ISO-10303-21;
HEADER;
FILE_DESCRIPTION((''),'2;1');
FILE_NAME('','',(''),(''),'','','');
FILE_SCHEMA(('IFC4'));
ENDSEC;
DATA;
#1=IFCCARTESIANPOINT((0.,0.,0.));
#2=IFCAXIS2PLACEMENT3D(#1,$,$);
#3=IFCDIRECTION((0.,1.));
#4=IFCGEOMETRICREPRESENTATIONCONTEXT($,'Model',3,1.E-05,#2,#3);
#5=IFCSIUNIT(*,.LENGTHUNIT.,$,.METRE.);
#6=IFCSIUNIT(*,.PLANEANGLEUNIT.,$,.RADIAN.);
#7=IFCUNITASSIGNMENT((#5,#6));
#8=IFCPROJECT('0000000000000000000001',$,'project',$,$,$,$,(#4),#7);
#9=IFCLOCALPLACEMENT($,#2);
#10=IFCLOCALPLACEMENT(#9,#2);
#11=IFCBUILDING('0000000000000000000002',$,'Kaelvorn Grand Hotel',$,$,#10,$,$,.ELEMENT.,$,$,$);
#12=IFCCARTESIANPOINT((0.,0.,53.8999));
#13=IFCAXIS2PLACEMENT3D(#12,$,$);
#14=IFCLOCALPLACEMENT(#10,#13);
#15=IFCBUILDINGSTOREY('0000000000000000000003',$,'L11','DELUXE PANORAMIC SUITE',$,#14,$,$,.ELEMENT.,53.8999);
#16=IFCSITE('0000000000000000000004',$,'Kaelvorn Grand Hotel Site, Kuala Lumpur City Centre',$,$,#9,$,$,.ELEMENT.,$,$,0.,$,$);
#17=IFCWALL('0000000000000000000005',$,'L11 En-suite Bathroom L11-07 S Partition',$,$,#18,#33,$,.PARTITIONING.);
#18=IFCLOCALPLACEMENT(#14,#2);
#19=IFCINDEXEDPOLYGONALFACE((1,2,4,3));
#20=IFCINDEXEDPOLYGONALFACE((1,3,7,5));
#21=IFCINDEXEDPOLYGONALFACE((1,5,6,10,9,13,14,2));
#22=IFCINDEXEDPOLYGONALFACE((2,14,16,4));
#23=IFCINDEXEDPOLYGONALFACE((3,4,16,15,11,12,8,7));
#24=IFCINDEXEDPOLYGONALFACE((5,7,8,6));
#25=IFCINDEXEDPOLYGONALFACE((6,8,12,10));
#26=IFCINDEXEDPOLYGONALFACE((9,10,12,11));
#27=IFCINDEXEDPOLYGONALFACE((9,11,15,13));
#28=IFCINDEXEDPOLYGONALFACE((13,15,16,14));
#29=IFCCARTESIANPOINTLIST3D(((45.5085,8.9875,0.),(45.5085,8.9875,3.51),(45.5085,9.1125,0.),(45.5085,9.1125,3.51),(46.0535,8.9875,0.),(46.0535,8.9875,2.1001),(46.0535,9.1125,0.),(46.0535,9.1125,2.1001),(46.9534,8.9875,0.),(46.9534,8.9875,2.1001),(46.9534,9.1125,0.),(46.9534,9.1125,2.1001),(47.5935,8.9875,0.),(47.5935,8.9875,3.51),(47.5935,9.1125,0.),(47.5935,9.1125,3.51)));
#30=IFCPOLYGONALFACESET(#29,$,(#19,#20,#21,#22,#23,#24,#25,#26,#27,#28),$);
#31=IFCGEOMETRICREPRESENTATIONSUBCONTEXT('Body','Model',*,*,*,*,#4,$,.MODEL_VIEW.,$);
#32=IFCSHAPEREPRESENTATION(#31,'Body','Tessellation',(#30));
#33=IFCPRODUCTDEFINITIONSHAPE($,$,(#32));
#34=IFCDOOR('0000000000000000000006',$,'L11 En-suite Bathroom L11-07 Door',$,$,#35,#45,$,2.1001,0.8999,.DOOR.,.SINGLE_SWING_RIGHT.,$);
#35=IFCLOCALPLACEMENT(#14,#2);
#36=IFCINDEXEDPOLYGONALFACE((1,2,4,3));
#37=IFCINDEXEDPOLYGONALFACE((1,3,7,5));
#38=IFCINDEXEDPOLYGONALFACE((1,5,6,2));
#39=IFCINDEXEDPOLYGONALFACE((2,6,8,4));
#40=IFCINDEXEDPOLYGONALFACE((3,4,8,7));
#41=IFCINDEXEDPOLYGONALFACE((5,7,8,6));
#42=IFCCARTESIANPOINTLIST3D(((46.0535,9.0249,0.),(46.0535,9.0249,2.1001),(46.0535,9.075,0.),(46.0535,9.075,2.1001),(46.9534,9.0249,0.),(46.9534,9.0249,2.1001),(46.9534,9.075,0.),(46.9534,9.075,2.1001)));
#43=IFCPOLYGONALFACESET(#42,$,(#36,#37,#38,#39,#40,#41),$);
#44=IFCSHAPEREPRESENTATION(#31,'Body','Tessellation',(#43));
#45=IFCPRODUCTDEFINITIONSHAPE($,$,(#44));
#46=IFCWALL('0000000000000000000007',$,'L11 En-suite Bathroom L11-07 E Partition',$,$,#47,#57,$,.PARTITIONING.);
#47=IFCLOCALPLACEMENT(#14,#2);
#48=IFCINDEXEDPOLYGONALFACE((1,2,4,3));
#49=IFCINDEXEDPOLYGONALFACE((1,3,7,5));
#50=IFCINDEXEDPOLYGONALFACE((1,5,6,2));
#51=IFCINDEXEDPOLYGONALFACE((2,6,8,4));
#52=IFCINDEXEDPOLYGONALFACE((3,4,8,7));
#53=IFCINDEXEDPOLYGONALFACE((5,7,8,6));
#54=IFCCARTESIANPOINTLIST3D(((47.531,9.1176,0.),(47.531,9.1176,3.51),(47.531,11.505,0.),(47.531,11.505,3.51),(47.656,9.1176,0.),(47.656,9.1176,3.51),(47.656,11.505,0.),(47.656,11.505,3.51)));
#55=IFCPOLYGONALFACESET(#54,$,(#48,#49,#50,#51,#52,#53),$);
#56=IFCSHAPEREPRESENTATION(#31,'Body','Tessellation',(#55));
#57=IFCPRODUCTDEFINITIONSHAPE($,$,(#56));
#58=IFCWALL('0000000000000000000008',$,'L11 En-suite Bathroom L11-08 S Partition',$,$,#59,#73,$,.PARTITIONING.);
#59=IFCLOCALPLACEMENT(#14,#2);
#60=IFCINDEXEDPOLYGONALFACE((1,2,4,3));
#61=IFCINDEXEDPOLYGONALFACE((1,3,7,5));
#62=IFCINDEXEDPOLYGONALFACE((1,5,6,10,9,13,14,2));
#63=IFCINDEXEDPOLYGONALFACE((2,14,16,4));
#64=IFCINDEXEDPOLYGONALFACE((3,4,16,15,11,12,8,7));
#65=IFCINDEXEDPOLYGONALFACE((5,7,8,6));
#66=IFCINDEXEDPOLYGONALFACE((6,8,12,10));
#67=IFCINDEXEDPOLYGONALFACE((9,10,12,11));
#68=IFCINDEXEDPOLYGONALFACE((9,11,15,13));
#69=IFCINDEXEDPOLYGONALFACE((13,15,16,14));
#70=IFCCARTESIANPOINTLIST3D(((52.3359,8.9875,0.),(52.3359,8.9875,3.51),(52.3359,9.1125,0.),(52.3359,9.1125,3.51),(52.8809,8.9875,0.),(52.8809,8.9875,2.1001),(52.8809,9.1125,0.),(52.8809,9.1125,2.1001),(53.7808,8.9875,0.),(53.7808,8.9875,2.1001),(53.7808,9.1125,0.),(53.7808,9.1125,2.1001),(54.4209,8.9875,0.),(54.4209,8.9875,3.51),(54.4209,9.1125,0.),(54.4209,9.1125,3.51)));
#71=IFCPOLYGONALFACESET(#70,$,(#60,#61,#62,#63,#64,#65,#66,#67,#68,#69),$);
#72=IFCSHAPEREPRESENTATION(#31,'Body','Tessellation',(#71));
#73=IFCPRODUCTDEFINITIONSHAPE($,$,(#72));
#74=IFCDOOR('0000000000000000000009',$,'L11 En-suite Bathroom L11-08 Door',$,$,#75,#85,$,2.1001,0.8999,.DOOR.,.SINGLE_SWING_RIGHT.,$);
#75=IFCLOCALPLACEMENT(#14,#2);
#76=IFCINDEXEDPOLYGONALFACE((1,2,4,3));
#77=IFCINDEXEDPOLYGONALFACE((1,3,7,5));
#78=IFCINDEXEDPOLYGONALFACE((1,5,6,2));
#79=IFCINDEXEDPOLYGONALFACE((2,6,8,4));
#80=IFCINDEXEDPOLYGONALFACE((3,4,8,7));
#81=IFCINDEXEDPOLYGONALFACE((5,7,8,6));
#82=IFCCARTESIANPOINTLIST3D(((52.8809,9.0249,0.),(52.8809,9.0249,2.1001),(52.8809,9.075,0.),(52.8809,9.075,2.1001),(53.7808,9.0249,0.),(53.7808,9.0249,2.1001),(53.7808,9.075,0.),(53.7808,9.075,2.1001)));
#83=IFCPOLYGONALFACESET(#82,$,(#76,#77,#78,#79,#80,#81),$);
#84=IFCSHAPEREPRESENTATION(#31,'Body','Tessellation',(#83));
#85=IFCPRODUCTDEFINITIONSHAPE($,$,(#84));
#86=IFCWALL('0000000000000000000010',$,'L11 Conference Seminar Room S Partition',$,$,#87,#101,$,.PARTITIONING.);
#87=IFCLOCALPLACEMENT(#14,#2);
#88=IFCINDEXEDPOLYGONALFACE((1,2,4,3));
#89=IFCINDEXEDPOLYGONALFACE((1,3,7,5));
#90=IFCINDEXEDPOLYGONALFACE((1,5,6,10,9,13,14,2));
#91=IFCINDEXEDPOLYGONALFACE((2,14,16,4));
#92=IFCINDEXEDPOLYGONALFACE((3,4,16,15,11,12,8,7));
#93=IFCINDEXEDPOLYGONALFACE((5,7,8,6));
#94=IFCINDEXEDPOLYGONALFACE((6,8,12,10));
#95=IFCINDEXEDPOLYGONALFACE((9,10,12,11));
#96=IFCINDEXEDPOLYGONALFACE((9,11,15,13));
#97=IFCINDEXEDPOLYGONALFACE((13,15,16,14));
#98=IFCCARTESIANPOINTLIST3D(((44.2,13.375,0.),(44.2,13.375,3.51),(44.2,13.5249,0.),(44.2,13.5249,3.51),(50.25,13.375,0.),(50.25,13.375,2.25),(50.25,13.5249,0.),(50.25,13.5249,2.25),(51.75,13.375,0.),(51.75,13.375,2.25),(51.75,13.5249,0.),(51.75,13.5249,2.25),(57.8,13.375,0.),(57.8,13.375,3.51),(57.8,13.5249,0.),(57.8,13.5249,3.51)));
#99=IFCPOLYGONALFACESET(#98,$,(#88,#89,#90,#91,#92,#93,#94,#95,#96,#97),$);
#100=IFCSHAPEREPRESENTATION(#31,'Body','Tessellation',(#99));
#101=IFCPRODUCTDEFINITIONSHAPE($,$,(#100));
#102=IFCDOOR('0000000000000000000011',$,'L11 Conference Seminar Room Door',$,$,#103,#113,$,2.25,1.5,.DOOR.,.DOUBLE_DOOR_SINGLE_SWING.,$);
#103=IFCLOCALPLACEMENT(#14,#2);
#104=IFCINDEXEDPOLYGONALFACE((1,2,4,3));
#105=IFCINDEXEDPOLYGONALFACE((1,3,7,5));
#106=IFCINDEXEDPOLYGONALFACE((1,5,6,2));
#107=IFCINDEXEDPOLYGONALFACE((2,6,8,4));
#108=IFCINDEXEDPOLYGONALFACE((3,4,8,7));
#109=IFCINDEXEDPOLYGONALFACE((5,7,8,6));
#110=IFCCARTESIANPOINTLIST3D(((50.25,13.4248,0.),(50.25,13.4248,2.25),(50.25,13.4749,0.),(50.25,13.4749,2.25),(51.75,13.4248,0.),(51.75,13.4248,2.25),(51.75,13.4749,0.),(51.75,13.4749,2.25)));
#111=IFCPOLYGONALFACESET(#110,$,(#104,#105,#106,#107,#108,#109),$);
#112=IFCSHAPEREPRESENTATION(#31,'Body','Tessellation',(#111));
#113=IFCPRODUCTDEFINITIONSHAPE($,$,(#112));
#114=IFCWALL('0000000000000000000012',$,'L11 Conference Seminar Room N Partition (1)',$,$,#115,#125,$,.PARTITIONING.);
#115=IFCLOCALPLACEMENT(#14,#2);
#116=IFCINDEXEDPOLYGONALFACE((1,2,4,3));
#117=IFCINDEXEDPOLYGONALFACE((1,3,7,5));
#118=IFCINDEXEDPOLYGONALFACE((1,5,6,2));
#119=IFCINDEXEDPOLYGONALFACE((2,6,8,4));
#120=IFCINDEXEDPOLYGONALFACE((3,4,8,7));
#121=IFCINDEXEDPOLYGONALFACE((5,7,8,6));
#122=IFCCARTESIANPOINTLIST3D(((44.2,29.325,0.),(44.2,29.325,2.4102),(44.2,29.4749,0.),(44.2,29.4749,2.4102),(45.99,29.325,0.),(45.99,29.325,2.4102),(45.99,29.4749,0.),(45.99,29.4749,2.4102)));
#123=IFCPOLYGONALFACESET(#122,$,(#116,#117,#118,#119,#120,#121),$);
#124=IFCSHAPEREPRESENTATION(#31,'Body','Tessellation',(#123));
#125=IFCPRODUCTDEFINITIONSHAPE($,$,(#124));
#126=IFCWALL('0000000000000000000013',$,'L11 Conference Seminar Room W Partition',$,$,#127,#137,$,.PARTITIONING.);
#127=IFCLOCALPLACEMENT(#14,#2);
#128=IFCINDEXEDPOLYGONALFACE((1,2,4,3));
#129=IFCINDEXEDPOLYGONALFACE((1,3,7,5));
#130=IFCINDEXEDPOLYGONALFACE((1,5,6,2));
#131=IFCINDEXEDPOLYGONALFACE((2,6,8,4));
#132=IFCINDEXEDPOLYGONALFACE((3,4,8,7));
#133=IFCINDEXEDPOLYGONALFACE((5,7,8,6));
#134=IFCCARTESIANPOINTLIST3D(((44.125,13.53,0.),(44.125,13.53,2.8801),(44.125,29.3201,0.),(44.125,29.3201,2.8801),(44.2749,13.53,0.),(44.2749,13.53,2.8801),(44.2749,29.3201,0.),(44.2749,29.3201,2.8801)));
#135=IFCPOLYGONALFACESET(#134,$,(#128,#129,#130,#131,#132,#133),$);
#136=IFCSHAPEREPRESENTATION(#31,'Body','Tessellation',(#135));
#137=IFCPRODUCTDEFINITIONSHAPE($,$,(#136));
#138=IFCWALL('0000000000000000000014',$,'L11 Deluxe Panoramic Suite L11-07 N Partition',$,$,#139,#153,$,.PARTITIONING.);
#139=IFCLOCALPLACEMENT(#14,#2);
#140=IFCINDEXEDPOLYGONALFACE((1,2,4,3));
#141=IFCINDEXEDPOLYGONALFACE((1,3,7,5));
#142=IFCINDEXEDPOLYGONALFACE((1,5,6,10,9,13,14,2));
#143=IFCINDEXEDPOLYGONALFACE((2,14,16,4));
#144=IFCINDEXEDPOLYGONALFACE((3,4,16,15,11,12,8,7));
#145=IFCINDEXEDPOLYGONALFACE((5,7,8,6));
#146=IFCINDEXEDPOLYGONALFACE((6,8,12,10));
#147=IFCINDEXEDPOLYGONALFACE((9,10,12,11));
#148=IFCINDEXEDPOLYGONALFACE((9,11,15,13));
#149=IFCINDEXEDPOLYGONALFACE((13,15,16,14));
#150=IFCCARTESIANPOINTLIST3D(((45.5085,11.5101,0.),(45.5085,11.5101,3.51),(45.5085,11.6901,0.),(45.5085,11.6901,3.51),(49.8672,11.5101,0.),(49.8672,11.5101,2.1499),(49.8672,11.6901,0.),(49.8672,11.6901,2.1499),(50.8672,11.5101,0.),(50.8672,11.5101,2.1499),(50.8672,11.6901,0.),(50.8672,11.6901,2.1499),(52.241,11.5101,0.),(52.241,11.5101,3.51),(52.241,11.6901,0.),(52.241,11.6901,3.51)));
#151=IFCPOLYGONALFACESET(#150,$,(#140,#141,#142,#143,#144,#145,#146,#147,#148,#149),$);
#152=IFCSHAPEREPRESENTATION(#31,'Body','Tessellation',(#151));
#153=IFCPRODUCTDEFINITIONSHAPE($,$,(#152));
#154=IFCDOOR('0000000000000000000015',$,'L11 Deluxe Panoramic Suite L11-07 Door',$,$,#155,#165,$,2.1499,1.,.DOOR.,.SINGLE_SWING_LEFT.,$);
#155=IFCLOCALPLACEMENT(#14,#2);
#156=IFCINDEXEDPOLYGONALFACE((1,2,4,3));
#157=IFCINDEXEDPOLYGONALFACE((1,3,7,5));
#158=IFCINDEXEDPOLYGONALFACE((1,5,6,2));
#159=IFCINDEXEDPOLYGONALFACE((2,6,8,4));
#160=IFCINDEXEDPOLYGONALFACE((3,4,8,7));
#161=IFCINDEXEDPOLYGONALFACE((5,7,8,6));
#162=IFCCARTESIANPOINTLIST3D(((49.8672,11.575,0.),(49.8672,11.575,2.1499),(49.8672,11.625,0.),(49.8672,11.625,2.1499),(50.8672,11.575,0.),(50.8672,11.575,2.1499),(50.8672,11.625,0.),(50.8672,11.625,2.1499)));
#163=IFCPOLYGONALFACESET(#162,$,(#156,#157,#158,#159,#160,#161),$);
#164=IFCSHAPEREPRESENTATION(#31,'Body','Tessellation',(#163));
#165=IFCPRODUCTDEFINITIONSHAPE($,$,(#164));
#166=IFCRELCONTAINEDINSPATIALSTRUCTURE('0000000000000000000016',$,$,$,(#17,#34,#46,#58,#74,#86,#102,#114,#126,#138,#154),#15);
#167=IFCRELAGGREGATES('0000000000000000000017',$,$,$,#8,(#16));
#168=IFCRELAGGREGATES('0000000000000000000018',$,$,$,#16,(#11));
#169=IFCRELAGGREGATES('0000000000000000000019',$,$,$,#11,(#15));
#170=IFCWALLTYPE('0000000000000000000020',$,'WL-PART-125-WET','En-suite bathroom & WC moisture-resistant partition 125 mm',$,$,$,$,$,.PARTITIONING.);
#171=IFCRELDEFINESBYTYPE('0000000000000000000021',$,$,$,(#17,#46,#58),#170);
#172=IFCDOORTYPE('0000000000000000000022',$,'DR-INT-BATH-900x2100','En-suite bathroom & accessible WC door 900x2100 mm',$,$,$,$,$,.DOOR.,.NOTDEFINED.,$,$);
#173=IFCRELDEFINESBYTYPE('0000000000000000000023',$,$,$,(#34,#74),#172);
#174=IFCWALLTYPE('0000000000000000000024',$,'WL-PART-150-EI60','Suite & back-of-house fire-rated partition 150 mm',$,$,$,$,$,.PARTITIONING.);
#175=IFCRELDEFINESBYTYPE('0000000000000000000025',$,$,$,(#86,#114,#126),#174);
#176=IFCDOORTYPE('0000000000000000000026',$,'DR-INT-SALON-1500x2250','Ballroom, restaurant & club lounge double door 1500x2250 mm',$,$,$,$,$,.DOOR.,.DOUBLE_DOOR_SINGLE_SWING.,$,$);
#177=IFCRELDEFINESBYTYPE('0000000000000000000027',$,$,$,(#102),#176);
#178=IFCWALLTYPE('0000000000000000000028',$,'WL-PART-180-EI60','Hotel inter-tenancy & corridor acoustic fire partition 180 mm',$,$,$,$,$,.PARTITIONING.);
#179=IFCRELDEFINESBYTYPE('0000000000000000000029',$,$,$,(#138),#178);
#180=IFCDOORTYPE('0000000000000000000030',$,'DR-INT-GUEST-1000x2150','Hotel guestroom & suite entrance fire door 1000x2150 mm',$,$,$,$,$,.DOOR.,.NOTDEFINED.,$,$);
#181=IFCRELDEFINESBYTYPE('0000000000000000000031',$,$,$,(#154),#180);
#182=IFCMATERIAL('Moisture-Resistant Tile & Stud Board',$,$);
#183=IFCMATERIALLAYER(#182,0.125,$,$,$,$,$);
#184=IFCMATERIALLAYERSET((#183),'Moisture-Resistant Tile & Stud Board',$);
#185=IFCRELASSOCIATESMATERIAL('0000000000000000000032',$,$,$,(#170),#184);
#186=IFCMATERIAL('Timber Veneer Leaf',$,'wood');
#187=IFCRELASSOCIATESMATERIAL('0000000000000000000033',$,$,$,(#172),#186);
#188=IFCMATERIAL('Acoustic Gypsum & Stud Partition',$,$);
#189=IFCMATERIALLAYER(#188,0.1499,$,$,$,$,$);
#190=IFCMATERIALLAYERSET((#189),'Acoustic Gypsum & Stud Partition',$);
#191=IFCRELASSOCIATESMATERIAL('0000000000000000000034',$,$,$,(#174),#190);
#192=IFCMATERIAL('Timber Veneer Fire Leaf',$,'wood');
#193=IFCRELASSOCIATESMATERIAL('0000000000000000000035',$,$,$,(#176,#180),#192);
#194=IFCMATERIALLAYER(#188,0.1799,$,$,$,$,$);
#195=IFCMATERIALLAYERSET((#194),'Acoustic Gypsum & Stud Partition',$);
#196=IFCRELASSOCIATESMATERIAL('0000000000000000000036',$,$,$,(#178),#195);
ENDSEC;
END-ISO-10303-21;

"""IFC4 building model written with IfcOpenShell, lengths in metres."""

from ifc_helpers import new_model, si_unit, direction, frame, frame_2d, origin, place, context, subcontext, project, spatial, rectangle, extrude, material, layer, layer_set, type_object, element, fill, save


model = new_model("IFC4")

# Units and contexts
model_context = context("Model", 3, precision=1e-05, world=origin(), true_north=direction((0.0, 1.0)))
body_context = subcontext(model_context, "Body", "Model", "MODEL_VIEW")
ifc_project = project(units=[si_unit("LENGTHUNIT", "METRE"), si_unit("PLANEANGLEUNIT", "RADIAN")], contexts=[model_context])

# Site, building, storey
site_placement = place(None, origin())
site = spatial("IfcSite", under=ifc_project, at=site_placement, Name="Kaelvorn Grand Hotel Site, Kuala Lumpur City Centre", CompositionType="ELEMENT", RefElevation=0.0)
building_placement = place(site_placement, origin())
building = spatial("IfcBuilding", under=site, at=building_placement, Name="Kaelvorn Grand Hotel", CompositionType="ELEMENT")
storey_placement = place(building_placement, frame((0.0, 0.0, 53.8999)))
storey = spatial("IfcBuildingStorey", under=building, at=storey_placement, Name="L11", Description="DELUXE PANORAMIC SUITE", CompositionType="ELEMENT", Elevation=53.8999)

# Shared definitions
ifc_material_1 = material(Name="Moisture-Resistant Tile & Stud Board")
ifc_layer_1 = layer(ifc_material_1, 0.125)
ifc_layer_set_1 = layer_set([ifc_layer_1], Name="Moisture-Resistant Tile & Stud Board")
wall_type_1 = type_object("IfcWallType", Name="WL-PART-125-WET", Description="En-suite bathroom & WC moisture-resistant partition 125 mm", PredefinedType="PARTITIONING", material=ifc_layer_set_1)

# Wall, opening, door
wall_1_placement = place(storey_placement, frame((45.5085, 9.05, 0.0), z_axis=(0.0, 0.0, 1.0), x_axis=(1.0, 0.0, 0.0)))
wall_1 = element("IfcWall", 1, at=wall_1_placement, inside=storey, type_object=wall_type_1, Name="L11 En-suite Bathroom L11-07 S Partition", PredefinedType="PARTITIONING", context=body_context, shape_type="SweptSolid", body=[
    extrude(rectangle(XDim=2.085, YDim=0.125, at=frame_2d((1.0425, 0.0))), origin(), (0.0, 0.0, 1.0), 3.51),
])
opening_1_placement = place(wall_1_placement, frame((0.5449, 0.0, 0.0)))
opening_1 = element("IfcOpeningElement", 2, at=opening_1_placement, cuts=wall_1, PredefinedType="OPENING", context=body_context, shape_type="SweptSolid", body=[
    extrude(rectangle(XDim=0.8999, YDim=2.1001, at=frame_2d((0.45, 1.05))), frame((0.0, 0.0725, 0.0), z_axis=(0.0, -1.0, 0.0), x_axis=(1.0, 0.0, 0.0)), (0.0, 0.0, 1.0), 0.145),
])
ifc_material_2 = material(Name="Timber Veneer Leaf", Category="wood")
door_type_1 = type_object("IfcDoorType", Name="DR-INT-BATH-900x2100", Description="En-suite bathroom & accessible WC door 900x2100 mm", OperationType="NOTDEFINED", PredefinedType="DOOR", material=ifc_material_2)
door_1_placement = place(opening_1_placement, origin())
door_1 = element("IfcDoor", 3, at=door_1_placement, inside=storey, type_object=door_type_1, Name="L11 En-suite Bathroom L11-07 Door", OperationType="SINGLE_SWING_RIGHT", OverallHeight=2.1001, OverallWidth=0.8999, PredefinedType="DOOR", context=body_context, shape_type="SweptSolid", body=[
    extrude(rectangle(XDim=0.8999, YDim=2.1001, at=frame_2d((0.45, 1.05))), frame((0.0, 0.0249, 0.0), z_axis=(0.0, -1.0, 0.0), x_axis=(1.0, 0.0, 0.0)), (0.0, 0.0, 1.0), 0.05),
])
fill(opening_1, door_1)

# Wall
wall_2_placement = place(storey_placement, frame((47.5935, 9.1174, 0.0), z_axis=(0.0, 0.0, 1.0), x_axis=(0.0, 1.0, 0.0)))
element("IfcWall", 4, at=wall_2_placement, inside=storey, type_object=wall_type_1, Name="L11 En-suite Bathroom L11-07 E Partition", PredefinedType="PARTITIONING", context=body_context, shape_type="SweptSolid", body=[
    extrude(rectangle(XDim=2.3875, YDim=0.125, at=frame_2d((1.1938, 0.0))), origin(), (0.0, 0.0, 1.0), 3.51),
])

# Walls, openings, doors
wall_3_placement = place(storey_placement, frame((52.3359, 9.05, 0.0), z_axis=(0.0, 0.0, 1.0), x_axis=(1.0, 0.0, 0.0)))
wall_3 = element("IfcWall", 5, at=wall_3_placement, inside=storey, type_object=wall_type_1, Name="L11 En-suite Bathroom L11-08 S Partition", PredefinedType="PARTITIONING", context=body_context, shape_type="SweptSolid", body=[
    extrude(rectangle(XDim=2.085, YDim=0.125, at=frame_2d((1.0425, 0.0))), origin(), (0.0, 0.0, 1.0), 3.51),
])
opening_2_placement = place(wall_3_placement, frame((0.5449, 0.0, 0.0)))
opening_2 = element("IfcOpeningElement", 6, at=opening_2_placement, cuts=wall_3, PredefinedType="OPENING", context=body_context, shape_type="SweptSolid", body=[
    extrude(rectangle(XDim=0.8999, YDim=2.1001, at=frame_2d((0.45, 1.05))), frame((0.0, 0.0725, 0.0), z_axis=(0.0, -1.0, 0.0), x_axis=(1.0, 0.0, 0.0)), (0.0, 0.0, 1.0), 0.145),
])
door_2_placement = place(opening_2_placement, origin())
door_2 = element("IfcDoor", 7, at=door_2_placement, inside=storey, type_object=door_type_1, Name="L11 En-suite Bathroom L11-08 Door", OperationType="SINGLE_SWING_RIGHT", OverallHeight=2.1001, OverallWidth=0.8999, PredefinedType="DOOR", context=body_context, shape_type="SweptSolid", body=[
    extrude(rectangle(XDim=0.8999, YDim=2.1001, at=frame_2d((0.45, 1.05))), frame((0.0, 0.0249, 0.0), z_axis=(0.0, -1.0, 0.0), x_axis=(1.0, 0.0, 0.0)), (0.0, 0.0, 1.0), 0.05),
])
fill(opening_2, door_2)
ifc_material_3 = material(Name="Acoustic Gypsum & Stud Partition")
ifc_layer_2 = layer(ifc_material_3, 0.1499)
ifc_layer_set_2 = layer_set([ifc_layer_2], Name="Acoustic Gypsum & Stud Partition")
wall_type_2 = type_object("IfcWallType", Name="WL-PART-150-EI60", Description="Suite & back-of-house fire-rated partition 150 mm", PredefinedType="PARTITIONING", material=ifc_layer_set_2)
wall_4_placement = place(storey_placement, frame((44.2, 13.45, 0.0), z_axis=(0.0, 0.0, 1.0), x_axis=(1.0, 0.0, 0.0)))
wall_4 = element("IfcWall", 8, at=wall_4_placement, inside=storey, type_object=wall_type_2, Name="L11 Conference Seminar Room S Partition", PredefinedType="PARTITIONING", context=body_context, shape_type="SweptSolid", body=[
    extrude(rectangle(XDim=13.6001, YDim=0.1499, at=frame_2d((6.8, 0.0))), origin(), (0.0, 0.0, 1.0), 3.51),
])
opening_3_placement = place(wall_4_placement, frame((6.05, 0.0, 0.0)))
opening_3 = element("IfcOpeningElement", 9, at=opening_3_placement, cuts=wall_4, PredefinedType="OPENING", context=body_context, shape_type="SweptSolid", body=[
    extrude(rectangle(XDim=1.5, YDim=2.25, at=frame_2d((0.75, 1.125))), frame((0.0, 0.085, 0.0), z_axis=(0.0, -1.0, 0.0), x_axis=(1.0, 0.0, 0.0)), (0.0, 0.0, 1.0), 0.1699),
])
ifc_material_4 = material(Name="Timber Veneer Fire Leaf", Category="wood")
door_type_2 = type_object("IfcDoorType", Name="DR-INT-SALON-1500x2250", Description="Ballroom, restaurant & club lounge double door 1500x2250 mm", OperationType="DOUBLE_DOOR_SINGLE_SWING", PredefinedType="DOOR", material=ifc_material_4)
door_3_placement = place(opening_3_placement, origin())
door_3 = element("IfcDoor", 10, at=door_3_placement, inside=storey, type_object=door_type_2, Name="L11 Conference Seminar Room Door", OperationType="DOUBLE_DOOR_SINGLE_SWING", OverallHeight=2.25, OverallWidth=1.5, PredefinedType="DOOR", context=body_context, shape_type="SweptSolid", body=[
    extrude(rectangle(XDim=1.5, YDim=2.25, at=frame_2d((0.75, 1.125))), frame((0.0, 0.0249, 0.0), z_axis=(0.0, -1.0, 0.0), x_axis=(1.0, 0.0, 0.0)), (0.0, 0.0, 1.0), 0.05),
])
fill(opening_3, door_3)

# Walls
wall_5_placement = place(storey_placement, frame((44.2, 29.3999, 0.0), z_axis=(0.0, 0.0, 1.0), x_axis=(1.0, 0.0, 0.0)))
element("IfcWall", 11, at=wall_5_placement, inside=storey, type_object=wall_type_2, Name="L11 Conference Seminar Room N Partition (1)", PredefinedType="PARTITIONING", context=body_context, shape_type="SweptSolid", body=[
    extrude(rectangle(XDim=1.79, YDim=0.1499, at=frame_2d((0.895, 0.0))), origin(), (0.0, 0.0, 1.0), 2.4102),
])
wall_6_placement = place(storey_placement, frame((44.2, 13.53, 0.0), z_axis=(0.0, 0.0, 1.0), x_axis=(0.0, 1.0, 0.0)))
element("IfcWall", 12, at=wall_6_placement, inside=storey, type_object=wall_type_2, Name="L11 Conference Seminar Room W Partition", PredefinedType="PARTITIONING", context=body_context, shape_type="SweptSolid", body=[
    extrude(rectangle(XDim=15.79, YDim=0.1499, at=frame_2d((7.895, 0.0))), origin(), (0.0, 0.0, 1.0), 2.8801),
])

# Wall, opening, door
ifc_layer_3 = layer(ifc_material_3, 0.1799)
ifc_layer_set_3 = layer_set([ifc_layer_3], Name="Acoustic Gypsum & Stud Partition")
wall_type_3 = type_object("IfcWallType", Name="WL-PART-180-EI60", Description="Hotel inter-tenancy & corridor acoustic fire partition 180 mm", PredefinedType="PARTITIONING", material=ifc_layer_set_3)
wall_7_placement = place(storey_placement, frame((45.5085, 11.6001, 0.0), z_axis=(0.0, 0.0, 1.0), x_axis=(1.0, 0.0, 0.0)))
wall_7 = element("IfcWall", 13, at=wall_7_placement, inside=storey, type_object=wall_type_3, Name="L11 Deluxe Panoramic Suite L11-07 N Partition", PredefinedType="PARTITIONING", context=body_context, shape_type="SweptSolid", body=[
    extrude(rectangle(XDim=6.7324, YDim=0.1799, at=frame_2d((3.3662, 0.0))), origin(), (0.0, 0.0, 1.0), 3.51),
])
opening_4_placement = place(wall_7_placement, frame((4.3586, 0.0, 0.0)))
opening_4 = element("IfcOpeningElement", 14, at=opening_4_placement, cuts=wall_7, PredefinedType="OPENING", context=body_context, shape_type="SweptSolid", body=[
    extrude(rectangle(XDim=1.0, YDim=2.1499, at=frame_2d((0.5, 1.075))), frame((0.0, 0.1001, 0.0), z_axis=(0.0, -1.0, 0.0), x_axis=(1.0, 0.0, 0.0)), (0.0, 0.0, 1.0), 0.2),
])
door_type_3 = type_object("IfcDoorType", Name="DR-INT-GUEST-1000x2150", Description="Hotel guestroom & suite entrance fire door 1000x2150 mm", OperationType="NOTDEFINED", PredefinedType="DOOR", material=ifc_material_4)
door_4_placement = place(opening_4_placement, origin())
door_4 = element("IfcDoor", 15, at=door_4_placement, inside=storey, type_object=door_type_3, Name="L11 Deluxe Panoramic Suite L11-07 Door", OperationType="SINGLE_SWING_LEFT", OverallHeight=2.1499, OverallWidth=1.0, PredefinedType="DOOR", context=body_context, shape_type="SweptSolid", body=[
    extrude(rectangle(XDim=1.0, YDim=2.1499, at=frame_2d((0.5, 1.075))), frame((0.0, 0.0249, 0.0), z_axis=(0.0, -1.0, 0.0), x_axis=(1.0, 0.0, 0.0)), (0.0, 0.0, 1.0), 0.05),
])
fill(opening_4, door_4)

save(model, "model.ifc")
